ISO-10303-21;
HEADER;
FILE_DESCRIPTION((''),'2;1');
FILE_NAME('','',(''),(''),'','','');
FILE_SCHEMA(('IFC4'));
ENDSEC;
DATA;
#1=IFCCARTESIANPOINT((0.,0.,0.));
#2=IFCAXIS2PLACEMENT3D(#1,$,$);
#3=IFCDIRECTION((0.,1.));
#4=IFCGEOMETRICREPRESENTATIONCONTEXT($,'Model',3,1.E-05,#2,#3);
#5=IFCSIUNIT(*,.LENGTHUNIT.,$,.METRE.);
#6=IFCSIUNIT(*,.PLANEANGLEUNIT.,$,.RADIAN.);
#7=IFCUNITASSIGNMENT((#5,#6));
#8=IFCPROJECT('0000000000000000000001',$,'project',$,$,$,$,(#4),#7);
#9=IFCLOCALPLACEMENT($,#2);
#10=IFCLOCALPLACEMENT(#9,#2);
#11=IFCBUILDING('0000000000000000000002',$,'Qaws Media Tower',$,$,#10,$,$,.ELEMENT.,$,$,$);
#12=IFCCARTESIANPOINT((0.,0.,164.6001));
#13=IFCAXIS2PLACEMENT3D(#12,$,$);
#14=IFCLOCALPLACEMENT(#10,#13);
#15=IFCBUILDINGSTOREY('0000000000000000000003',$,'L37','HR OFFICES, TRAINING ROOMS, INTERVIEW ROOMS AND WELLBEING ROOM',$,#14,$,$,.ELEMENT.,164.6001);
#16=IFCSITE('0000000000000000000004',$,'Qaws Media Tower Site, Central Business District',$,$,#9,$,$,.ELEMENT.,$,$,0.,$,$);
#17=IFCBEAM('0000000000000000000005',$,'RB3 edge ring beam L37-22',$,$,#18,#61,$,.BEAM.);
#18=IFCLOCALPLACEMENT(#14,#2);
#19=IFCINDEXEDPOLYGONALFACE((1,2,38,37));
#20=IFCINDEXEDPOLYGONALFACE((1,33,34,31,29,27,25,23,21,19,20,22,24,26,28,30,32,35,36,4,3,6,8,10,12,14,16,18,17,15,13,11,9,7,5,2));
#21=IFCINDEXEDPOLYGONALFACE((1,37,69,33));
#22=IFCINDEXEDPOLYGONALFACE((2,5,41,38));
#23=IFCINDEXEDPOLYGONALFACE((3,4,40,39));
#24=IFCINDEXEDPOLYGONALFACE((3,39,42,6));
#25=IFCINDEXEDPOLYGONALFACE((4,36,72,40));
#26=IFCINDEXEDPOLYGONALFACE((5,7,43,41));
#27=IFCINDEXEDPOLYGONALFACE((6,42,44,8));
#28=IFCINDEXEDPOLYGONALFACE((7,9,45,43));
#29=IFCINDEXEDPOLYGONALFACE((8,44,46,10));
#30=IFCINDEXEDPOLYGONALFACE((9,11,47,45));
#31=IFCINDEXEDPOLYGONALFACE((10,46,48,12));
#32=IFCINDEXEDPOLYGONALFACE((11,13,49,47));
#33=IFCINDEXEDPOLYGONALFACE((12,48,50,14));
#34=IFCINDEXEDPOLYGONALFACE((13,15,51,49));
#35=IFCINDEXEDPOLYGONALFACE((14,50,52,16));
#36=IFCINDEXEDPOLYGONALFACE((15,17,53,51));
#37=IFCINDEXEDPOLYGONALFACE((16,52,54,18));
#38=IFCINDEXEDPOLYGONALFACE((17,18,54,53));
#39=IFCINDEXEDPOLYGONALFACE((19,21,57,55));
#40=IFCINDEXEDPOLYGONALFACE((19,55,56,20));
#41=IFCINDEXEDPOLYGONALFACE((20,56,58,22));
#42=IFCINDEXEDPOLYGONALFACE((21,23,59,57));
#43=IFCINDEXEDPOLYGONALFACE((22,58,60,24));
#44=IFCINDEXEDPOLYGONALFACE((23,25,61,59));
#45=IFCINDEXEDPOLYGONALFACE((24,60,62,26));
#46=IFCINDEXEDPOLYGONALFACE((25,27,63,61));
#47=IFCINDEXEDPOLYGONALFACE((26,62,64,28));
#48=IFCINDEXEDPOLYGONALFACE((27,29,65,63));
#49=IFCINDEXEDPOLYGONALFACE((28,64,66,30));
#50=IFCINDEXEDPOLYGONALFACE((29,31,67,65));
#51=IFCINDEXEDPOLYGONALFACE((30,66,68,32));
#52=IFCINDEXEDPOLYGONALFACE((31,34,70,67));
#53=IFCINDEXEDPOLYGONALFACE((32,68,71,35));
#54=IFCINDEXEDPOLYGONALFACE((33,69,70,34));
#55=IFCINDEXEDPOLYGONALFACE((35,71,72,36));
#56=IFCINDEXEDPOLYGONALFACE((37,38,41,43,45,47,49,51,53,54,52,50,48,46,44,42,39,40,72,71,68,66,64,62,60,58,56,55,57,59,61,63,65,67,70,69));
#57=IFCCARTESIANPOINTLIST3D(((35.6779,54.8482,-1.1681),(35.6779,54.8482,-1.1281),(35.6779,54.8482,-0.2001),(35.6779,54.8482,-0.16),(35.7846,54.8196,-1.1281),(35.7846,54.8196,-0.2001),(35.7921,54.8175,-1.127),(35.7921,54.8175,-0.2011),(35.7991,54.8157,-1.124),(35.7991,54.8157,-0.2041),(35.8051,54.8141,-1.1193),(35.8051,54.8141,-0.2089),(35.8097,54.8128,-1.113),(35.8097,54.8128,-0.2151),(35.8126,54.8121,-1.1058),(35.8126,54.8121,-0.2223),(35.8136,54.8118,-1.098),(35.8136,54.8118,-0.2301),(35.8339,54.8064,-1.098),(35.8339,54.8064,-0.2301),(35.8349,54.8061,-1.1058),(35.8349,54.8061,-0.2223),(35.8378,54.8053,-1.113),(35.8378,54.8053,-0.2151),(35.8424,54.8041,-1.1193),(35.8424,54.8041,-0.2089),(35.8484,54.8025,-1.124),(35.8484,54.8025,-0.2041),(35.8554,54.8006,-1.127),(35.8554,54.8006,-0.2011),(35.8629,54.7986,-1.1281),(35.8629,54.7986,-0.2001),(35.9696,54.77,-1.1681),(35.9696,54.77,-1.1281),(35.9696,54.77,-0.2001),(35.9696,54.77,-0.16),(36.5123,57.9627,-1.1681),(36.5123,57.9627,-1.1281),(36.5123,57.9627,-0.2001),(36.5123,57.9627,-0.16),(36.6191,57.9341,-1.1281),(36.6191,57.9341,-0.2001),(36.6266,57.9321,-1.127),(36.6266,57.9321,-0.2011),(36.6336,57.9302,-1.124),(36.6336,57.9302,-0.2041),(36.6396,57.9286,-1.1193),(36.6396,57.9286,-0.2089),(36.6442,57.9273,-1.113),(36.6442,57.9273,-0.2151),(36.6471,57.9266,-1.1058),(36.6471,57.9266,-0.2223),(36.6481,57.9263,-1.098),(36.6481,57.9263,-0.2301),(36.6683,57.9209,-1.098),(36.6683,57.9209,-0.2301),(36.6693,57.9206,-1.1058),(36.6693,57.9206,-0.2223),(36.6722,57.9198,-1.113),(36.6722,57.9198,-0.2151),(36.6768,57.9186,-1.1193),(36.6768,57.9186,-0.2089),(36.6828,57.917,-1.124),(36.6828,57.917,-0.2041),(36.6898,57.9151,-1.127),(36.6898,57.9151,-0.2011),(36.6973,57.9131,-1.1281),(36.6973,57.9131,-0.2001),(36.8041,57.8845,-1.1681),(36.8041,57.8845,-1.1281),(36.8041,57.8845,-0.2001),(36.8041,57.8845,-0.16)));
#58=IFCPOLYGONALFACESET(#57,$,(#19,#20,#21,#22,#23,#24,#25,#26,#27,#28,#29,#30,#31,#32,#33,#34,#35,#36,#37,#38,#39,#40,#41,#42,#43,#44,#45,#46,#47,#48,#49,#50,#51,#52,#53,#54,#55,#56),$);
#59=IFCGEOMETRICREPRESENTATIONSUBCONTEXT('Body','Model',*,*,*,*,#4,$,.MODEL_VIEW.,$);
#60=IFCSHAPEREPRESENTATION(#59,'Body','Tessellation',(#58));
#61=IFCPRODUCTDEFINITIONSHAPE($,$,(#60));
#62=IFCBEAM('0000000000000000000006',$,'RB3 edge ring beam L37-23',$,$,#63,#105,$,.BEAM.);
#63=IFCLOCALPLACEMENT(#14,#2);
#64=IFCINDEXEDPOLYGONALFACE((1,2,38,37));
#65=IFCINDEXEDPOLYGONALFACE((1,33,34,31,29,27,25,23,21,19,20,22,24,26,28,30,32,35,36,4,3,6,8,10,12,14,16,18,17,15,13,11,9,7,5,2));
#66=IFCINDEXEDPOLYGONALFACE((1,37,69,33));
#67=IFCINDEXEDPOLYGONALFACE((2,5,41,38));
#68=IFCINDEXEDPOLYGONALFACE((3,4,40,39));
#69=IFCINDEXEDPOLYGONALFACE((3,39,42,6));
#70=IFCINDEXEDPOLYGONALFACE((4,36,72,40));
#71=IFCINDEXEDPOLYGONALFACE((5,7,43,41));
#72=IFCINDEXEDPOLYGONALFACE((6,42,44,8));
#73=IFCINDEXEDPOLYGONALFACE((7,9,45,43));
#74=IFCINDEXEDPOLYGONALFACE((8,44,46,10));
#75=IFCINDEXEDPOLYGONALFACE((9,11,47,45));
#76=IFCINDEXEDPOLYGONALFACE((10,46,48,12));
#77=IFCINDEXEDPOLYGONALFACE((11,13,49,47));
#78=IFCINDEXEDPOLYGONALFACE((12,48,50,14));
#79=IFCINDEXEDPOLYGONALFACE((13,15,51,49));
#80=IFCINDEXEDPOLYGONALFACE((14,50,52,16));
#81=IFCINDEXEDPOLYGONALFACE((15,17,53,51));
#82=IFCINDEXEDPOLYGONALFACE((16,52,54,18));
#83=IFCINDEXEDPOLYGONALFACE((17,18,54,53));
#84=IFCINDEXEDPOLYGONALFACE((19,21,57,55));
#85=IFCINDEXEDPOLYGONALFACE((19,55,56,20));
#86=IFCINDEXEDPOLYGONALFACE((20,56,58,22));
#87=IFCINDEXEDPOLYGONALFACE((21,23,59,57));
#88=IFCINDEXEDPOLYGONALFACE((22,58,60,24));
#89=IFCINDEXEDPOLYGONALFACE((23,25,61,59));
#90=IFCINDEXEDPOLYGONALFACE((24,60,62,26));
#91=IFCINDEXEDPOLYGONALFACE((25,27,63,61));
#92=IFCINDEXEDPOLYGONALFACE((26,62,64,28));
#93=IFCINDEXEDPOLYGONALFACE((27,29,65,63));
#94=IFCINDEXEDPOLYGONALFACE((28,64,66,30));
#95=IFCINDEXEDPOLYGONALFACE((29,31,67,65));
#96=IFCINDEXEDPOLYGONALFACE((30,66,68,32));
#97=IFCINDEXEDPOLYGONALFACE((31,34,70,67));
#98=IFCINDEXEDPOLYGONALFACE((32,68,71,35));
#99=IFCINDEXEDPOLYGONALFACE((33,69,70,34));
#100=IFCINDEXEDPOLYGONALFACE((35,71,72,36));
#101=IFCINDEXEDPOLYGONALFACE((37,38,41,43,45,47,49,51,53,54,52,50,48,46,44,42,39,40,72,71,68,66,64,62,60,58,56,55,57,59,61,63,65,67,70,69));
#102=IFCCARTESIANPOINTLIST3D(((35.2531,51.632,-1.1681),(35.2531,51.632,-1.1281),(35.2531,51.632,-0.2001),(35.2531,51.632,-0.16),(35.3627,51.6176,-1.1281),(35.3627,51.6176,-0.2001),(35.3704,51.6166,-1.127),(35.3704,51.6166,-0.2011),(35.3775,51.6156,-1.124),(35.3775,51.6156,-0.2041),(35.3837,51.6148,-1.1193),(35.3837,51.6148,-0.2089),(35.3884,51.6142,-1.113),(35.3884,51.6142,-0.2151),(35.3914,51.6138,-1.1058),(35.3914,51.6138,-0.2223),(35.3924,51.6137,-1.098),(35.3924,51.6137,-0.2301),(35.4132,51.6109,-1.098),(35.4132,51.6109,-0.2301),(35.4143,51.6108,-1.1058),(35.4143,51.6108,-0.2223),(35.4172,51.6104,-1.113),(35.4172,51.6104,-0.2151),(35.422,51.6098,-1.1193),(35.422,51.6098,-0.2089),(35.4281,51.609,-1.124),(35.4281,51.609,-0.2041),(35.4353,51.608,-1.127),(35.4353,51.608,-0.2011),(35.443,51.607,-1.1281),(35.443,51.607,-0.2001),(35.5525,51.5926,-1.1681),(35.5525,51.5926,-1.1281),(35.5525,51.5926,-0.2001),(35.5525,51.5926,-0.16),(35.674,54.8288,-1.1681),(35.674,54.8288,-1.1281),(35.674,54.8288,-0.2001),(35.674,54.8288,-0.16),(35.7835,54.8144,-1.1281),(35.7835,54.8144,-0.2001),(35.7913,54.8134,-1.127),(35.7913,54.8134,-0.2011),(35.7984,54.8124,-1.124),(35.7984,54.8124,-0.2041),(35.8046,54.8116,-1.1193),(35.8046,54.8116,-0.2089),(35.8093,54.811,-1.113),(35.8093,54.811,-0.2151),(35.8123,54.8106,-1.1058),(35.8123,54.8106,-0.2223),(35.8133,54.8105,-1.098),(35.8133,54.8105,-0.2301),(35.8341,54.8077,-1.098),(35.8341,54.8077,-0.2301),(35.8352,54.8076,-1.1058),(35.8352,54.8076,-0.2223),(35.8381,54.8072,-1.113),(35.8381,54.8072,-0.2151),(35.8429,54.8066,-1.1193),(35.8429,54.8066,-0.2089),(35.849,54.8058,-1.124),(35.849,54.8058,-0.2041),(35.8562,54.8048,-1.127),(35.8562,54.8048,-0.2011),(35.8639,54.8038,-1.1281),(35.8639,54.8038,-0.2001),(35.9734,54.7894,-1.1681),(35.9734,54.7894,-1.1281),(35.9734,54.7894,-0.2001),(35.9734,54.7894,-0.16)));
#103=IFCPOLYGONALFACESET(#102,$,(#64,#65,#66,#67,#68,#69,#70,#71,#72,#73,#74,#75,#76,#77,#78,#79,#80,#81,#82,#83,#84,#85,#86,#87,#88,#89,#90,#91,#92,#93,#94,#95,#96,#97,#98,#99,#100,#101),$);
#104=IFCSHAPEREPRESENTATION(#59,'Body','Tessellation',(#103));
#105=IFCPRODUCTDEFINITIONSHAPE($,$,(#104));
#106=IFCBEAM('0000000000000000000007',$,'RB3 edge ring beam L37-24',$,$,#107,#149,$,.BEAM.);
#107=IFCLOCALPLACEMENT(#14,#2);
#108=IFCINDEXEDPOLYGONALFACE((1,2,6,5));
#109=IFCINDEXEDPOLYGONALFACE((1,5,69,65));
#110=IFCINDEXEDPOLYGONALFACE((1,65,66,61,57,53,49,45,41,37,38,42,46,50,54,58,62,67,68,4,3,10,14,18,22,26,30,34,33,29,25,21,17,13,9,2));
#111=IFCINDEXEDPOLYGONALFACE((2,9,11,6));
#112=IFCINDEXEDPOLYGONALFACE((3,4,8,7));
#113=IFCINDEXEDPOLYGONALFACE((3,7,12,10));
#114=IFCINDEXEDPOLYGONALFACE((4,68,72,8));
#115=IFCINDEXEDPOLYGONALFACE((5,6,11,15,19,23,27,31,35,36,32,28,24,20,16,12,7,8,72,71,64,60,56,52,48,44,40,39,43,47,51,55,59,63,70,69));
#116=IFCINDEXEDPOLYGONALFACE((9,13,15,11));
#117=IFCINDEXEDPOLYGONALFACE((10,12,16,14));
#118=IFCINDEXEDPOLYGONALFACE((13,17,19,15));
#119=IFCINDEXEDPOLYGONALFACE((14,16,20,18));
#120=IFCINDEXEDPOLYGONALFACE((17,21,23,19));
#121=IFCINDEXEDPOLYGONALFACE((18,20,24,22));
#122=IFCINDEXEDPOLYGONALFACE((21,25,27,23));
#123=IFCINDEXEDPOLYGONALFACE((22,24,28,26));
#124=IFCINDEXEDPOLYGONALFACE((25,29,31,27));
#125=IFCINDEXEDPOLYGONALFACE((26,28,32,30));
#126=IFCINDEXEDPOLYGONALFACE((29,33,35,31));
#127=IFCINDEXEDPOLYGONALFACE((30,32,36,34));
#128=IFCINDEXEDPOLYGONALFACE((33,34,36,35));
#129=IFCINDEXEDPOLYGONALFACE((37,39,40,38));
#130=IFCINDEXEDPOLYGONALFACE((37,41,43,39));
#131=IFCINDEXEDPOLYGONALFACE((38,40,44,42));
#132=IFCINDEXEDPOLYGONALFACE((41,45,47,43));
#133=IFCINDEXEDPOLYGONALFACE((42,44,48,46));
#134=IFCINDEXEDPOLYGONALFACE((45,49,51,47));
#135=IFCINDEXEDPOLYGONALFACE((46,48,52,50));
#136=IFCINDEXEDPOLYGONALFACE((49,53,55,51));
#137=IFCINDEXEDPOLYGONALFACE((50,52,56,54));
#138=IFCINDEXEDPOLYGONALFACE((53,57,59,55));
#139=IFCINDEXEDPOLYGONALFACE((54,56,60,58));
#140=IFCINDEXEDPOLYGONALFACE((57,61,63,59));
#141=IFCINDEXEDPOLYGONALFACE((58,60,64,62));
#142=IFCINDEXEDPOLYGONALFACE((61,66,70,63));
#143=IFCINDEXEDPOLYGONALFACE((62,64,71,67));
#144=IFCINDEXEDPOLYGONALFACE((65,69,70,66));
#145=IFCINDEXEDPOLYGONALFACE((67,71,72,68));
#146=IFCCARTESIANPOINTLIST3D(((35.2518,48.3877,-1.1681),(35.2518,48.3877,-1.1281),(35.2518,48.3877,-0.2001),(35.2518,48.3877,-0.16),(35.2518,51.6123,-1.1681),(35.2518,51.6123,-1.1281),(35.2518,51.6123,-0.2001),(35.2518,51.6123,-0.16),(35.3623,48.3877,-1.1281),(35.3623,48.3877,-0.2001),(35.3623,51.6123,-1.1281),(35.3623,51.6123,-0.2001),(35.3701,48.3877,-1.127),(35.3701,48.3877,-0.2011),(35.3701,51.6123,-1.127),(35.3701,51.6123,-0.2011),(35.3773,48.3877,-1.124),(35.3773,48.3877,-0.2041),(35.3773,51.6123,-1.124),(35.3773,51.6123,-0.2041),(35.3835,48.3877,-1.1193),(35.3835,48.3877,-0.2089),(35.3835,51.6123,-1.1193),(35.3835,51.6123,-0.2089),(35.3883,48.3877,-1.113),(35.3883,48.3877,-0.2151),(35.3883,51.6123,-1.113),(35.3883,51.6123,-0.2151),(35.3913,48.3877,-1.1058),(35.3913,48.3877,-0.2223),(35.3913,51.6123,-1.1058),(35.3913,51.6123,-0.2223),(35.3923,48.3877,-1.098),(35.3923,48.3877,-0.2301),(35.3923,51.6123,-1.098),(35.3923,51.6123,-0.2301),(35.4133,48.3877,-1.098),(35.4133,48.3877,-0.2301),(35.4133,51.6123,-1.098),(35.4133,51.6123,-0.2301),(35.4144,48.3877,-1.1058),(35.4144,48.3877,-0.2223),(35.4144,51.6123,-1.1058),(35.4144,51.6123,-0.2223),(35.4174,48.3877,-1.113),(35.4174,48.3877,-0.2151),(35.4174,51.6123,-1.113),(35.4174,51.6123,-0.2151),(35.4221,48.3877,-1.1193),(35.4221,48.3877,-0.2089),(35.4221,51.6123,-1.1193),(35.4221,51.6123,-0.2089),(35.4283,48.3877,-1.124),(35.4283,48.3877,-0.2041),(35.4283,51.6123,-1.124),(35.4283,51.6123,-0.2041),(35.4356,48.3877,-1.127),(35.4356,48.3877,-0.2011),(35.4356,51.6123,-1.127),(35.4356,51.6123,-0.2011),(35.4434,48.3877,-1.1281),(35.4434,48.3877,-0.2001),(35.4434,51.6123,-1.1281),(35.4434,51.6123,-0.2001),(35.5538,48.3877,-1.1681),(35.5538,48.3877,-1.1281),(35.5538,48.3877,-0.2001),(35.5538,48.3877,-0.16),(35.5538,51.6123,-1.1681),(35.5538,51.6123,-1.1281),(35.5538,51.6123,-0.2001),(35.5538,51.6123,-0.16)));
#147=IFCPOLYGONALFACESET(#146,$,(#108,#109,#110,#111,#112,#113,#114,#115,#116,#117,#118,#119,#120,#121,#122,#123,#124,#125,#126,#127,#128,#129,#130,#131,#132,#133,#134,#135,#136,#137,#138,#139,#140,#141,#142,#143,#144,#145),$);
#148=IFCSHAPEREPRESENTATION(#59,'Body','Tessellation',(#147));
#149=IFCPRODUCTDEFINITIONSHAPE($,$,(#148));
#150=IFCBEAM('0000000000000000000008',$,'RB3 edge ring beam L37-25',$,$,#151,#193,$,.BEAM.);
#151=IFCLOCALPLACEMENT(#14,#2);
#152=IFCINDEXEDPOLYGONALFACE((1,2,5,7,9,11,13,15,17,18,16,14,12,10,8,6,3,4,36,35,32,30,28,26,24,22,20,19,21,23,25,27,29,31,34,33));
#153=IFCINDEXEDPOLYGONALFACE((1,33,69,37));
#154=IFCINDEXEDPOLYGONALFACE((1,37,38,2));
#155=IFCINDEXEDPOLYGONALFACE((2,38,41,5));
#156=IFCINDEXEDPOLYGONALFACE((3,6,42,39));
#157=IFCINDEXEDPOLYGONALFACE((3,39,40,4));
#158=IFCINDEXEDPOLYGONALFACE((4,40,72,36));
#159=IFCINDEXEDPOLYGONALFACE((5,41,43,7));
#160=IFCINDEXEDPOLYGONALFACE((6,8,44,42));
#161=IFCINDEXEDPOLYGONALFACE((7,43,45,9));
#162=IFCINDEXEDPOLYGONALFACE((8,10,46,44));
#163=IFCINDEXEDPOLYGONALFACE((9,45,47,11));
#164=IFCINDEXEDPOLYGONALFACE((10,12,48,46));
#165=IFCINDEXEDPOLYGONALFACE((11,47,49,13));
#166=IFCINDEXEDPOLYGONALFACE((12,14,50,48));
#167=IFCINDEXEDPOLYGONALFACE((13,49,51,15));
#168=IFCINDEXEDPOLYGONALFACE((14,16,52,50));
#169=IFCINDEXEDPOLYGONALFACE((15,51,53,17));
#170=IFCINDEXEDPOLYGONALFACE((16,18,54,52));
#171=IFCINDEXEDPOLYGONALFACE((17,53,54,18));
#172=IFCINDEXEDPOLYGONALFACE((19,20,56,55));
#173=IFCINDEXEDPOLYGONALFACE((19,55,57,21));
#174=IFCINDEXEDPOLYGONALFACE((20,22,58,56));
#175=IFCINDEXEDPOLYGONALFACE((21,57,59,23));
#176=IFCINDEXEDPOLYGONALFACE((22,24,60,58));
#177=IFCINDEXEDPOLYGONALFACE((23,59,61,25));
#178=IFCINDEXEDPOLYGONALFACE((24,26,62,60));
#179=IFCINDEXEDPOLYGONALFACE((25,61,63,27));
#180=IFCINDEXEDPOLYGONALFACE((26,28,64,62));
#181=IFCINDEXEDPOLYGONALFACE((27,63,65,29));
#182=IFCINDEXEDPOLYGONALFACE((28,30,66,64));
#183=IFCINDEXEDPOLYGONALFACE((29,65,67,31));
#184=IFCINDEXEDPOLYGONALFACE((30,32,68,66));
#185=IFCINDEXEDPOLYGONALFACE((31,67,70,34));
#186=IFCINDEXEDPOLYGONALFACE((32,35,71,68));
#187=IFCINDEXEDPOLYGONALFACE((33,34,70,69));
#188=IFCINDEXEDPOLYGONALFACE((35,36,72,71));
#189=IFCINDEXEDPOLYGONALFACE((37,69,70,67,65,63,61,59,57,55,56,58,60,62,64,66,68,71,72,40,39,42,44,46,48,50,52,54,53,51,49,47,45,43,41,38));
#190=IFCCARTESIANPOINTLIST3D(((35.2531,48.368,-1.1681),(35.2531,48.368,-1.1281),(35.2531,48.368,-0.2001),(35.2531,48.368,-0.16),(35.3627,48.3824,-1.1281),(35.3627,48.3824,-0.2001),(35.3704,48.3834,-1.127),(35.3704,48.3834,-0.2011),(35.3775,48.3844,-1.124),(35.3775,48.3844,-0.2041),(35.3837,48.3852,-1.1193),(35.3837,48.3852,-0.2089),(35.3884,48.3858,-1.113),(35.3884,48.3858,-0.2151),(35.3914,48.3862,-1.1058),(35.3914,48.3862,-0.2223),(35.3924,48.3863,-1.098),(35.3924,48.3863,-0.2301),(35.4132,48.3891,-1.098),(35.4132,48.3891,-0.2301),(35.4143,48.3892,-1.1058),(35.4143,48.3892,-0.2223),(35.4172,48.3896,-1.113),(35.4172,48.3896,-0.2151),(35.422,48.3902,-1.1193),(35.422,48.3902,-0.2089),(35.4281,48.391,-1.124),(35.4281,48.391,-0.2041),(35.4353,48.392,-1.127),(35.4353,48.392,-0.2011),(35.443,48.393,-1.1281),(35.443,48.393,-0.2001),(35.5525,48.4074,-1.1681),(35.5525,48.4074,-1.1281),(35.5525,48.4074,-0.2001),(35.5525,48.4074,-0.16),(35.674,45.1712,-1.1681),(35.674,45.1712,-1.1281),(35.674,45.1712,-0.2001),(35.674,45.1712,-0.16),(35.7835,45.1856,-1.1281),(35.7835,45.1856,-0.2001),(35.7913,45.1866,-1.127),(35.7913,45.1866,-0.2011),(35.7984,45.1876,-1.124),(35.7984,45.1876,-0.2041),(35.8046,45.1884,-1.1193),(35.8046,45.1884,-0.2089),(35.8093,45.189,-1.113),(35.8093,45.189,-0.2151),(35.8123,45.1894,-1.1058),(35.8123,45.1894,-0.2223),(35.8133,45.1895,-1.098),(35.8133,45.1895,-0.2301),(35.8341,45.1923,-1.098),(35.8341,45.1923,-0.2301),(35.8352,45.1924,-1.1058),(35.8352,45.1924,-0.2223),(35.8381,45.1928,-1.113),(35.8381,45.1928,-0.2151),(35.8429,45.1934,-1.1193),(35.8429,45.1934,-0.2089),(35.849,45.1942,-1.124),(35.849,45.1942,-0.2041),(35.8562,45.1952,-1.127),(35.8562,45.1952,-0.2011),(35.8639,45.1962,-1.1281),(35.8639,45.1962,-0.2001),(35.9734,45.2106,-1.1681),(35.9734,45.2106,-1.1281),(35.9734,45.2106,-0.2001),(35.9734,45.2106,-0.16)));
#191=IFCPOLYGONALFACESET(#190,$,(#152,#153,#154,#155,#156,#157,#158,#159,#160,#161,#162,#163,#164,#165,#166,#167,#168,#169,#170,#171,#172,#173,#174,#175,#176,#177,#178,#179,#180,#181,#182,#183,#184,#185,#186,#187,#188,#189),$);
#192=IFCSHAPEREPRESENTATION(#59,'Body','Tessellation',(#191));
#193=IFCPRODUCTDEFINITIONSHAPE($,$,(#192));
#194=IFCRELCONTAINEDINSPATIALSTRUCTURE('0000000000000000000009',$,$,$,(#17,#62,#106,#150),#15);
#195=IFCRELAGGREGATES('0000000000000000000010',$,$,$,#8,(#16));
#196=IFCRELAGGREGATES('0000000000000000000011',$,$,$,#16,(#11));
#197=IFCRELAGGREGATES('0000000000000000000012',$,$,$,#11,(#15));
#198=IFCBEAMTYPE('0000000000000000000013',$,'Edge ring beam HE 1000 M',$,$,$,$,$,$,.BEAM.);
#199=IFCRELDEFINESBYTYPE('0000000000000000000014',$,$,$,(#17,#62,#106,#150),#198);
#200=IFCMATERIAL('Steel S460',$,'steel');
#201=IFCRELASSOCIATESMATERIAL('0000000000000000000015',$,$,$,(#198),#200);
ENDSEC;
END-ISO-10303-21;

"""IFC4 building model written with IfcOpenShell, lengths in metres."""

from ifc_helpers import new_model, si_unit, direction, frame, origin, origin_2d, place, context, subcontext, project, spatial, i_section, extrude, material, material_profile, profile_set, type_object, element, save


model = new_model("IFC4")

# Units and contexts
model_context = context("Model", 3, precision=1e-05, world=origin(), true_north=direction((0.0, 1.0)))
body_context = subcontext(model_context, "Body", "Model", "MODEL_VIEW")
ifc_project = project(units=[si_unit("LENGTHUNIT", "METRE"), si_unit("PLANEANGLEUNIT", "RADIAN")], contexts=[model_context])

# Site, building, storey
site_placement = place(None, origin())
site = spatial("IfcSite", under=ifc_project, at=site_placement, Name="Qaws Media Tower Site, Central Business District", CompositionType="ELEMENT", RefElevation=0.0)
building_placement = place(site_placement, origin())
building = spatial("IfcBuilding", under=site, at=building_placement, Name="Qaws Media Tower", CompositionType="ELEMENT")
storey_placement = place(building_placement, frame((0.0, 0.0, 164.6001)))
storey = spatial("IfcBuildingStorey", under=building, at=storey_placement, Name="L37", Description="HR OFFICES, TRAINING ROOMS, INTERVIEW ROOMS AND WELLBEING ROOM", CompositionType="ELEMENT", Elevation=164.6001)

# Beams
ifc_material_1 = material(Name="Steel S460", Category="steel")
ifc_material_profile_1 = material_profile(ifc_material_1, i_section(OverallWidth=0.302, OverallDepth=1.0081, WebThickness=0.021, FlangeThickness=0.04, FilletRadius=0.03, at=origin_2d()), Name="HE 1000 M")
ifc_profile_set_1 = profile_set([ifc_material_profile_1], Name="Steel S460")
beam_type = type_object("IfcBeamType", Name="Edge ring beam HE 1000 M", PredefinedType="BEAM", material=ifc_profile_set_1)
for number, where, z_axis, x_axis, name in (
    (1, (36.6582, 57.9236, -0.6641), (-0.258803, -0.96593, 0.0), (0.96593, -0.258803, 0.0), "RB3 edge ring beam L37-22"),
    (2, (35.8237, 54.8091, -0.6641), (-0.130537, -0.991443, 0.0), (0.991443, -0.130537, 0.0), "RB3 edge ring beam L37-23"),
):
    element("IfcBeam", number, at=place(storey_placement, frame(where, z_axis=z_axis, x_axis=x_axis)), inside=storey, type_object=beam_type, Name=name, PredefinedType="BEAM", context=body_context, shape_type="SweptSolid", body=[
        extrude(i_section(OverallWidth=0.302, OverallDepth=1.0081, WebThickness=0.021, FlangeThickness=0.04, FilletRadius=0.03, at=origin_2d()), origin(), (0.0, 0.0, 1.0), 3.2244),
    ])
beam_placement = place(storey_placement, frame((35.4028, 51.6123, -0.6641), z_axis=(0.0, -1.0, 0.0), x_axis=(1.0, 0.0, 0.0)))
element("IfcBeam", 3, at=beam_placement, inside=storey, type_object=beam_type, Name="RB3 edge ring beam L37-24", PredefinedType="BEAM", context=body_context, shape_type="SweptSolid", body=[
    extrude(i_section(OverallWidth=0.302, OverallDepth=1.0081, WebThickness=0.021, FlangeThickness=0.04, FilletRadius=0.03, at=origin_2d()), origin(), (0.0, 0.0, 1.0), 3.2246),
])
for number, where, z_axis, x_axis, name in (
    (4, (35.4028, 48.3877, -0.6641), (0.130537, -0.991443, 0.0), (0.991443, 0.130537, 0.0), "RB3 edge ring beam L37-25"),
):
    element("IfcBeam", number, at=place(storey_placement, frame(where, z_axis=z_axis, x_axis=x_axis)), inside=storey, type_object=beam_type, Name=name, PredefinedType="BEAM", context=body_context, shape_type="SweptSolid", body=[
        extrude(i_section(OverallWidth=0.302, OverallDepth=1.0081, WebThickness=0.021, FlangeThickness=0.04, FilletRadius=0.03, at=origin_2d()), origin(), (0.0, 0.0, 1.0), 3.2244),
    ])

save(model, "model.ifc")
